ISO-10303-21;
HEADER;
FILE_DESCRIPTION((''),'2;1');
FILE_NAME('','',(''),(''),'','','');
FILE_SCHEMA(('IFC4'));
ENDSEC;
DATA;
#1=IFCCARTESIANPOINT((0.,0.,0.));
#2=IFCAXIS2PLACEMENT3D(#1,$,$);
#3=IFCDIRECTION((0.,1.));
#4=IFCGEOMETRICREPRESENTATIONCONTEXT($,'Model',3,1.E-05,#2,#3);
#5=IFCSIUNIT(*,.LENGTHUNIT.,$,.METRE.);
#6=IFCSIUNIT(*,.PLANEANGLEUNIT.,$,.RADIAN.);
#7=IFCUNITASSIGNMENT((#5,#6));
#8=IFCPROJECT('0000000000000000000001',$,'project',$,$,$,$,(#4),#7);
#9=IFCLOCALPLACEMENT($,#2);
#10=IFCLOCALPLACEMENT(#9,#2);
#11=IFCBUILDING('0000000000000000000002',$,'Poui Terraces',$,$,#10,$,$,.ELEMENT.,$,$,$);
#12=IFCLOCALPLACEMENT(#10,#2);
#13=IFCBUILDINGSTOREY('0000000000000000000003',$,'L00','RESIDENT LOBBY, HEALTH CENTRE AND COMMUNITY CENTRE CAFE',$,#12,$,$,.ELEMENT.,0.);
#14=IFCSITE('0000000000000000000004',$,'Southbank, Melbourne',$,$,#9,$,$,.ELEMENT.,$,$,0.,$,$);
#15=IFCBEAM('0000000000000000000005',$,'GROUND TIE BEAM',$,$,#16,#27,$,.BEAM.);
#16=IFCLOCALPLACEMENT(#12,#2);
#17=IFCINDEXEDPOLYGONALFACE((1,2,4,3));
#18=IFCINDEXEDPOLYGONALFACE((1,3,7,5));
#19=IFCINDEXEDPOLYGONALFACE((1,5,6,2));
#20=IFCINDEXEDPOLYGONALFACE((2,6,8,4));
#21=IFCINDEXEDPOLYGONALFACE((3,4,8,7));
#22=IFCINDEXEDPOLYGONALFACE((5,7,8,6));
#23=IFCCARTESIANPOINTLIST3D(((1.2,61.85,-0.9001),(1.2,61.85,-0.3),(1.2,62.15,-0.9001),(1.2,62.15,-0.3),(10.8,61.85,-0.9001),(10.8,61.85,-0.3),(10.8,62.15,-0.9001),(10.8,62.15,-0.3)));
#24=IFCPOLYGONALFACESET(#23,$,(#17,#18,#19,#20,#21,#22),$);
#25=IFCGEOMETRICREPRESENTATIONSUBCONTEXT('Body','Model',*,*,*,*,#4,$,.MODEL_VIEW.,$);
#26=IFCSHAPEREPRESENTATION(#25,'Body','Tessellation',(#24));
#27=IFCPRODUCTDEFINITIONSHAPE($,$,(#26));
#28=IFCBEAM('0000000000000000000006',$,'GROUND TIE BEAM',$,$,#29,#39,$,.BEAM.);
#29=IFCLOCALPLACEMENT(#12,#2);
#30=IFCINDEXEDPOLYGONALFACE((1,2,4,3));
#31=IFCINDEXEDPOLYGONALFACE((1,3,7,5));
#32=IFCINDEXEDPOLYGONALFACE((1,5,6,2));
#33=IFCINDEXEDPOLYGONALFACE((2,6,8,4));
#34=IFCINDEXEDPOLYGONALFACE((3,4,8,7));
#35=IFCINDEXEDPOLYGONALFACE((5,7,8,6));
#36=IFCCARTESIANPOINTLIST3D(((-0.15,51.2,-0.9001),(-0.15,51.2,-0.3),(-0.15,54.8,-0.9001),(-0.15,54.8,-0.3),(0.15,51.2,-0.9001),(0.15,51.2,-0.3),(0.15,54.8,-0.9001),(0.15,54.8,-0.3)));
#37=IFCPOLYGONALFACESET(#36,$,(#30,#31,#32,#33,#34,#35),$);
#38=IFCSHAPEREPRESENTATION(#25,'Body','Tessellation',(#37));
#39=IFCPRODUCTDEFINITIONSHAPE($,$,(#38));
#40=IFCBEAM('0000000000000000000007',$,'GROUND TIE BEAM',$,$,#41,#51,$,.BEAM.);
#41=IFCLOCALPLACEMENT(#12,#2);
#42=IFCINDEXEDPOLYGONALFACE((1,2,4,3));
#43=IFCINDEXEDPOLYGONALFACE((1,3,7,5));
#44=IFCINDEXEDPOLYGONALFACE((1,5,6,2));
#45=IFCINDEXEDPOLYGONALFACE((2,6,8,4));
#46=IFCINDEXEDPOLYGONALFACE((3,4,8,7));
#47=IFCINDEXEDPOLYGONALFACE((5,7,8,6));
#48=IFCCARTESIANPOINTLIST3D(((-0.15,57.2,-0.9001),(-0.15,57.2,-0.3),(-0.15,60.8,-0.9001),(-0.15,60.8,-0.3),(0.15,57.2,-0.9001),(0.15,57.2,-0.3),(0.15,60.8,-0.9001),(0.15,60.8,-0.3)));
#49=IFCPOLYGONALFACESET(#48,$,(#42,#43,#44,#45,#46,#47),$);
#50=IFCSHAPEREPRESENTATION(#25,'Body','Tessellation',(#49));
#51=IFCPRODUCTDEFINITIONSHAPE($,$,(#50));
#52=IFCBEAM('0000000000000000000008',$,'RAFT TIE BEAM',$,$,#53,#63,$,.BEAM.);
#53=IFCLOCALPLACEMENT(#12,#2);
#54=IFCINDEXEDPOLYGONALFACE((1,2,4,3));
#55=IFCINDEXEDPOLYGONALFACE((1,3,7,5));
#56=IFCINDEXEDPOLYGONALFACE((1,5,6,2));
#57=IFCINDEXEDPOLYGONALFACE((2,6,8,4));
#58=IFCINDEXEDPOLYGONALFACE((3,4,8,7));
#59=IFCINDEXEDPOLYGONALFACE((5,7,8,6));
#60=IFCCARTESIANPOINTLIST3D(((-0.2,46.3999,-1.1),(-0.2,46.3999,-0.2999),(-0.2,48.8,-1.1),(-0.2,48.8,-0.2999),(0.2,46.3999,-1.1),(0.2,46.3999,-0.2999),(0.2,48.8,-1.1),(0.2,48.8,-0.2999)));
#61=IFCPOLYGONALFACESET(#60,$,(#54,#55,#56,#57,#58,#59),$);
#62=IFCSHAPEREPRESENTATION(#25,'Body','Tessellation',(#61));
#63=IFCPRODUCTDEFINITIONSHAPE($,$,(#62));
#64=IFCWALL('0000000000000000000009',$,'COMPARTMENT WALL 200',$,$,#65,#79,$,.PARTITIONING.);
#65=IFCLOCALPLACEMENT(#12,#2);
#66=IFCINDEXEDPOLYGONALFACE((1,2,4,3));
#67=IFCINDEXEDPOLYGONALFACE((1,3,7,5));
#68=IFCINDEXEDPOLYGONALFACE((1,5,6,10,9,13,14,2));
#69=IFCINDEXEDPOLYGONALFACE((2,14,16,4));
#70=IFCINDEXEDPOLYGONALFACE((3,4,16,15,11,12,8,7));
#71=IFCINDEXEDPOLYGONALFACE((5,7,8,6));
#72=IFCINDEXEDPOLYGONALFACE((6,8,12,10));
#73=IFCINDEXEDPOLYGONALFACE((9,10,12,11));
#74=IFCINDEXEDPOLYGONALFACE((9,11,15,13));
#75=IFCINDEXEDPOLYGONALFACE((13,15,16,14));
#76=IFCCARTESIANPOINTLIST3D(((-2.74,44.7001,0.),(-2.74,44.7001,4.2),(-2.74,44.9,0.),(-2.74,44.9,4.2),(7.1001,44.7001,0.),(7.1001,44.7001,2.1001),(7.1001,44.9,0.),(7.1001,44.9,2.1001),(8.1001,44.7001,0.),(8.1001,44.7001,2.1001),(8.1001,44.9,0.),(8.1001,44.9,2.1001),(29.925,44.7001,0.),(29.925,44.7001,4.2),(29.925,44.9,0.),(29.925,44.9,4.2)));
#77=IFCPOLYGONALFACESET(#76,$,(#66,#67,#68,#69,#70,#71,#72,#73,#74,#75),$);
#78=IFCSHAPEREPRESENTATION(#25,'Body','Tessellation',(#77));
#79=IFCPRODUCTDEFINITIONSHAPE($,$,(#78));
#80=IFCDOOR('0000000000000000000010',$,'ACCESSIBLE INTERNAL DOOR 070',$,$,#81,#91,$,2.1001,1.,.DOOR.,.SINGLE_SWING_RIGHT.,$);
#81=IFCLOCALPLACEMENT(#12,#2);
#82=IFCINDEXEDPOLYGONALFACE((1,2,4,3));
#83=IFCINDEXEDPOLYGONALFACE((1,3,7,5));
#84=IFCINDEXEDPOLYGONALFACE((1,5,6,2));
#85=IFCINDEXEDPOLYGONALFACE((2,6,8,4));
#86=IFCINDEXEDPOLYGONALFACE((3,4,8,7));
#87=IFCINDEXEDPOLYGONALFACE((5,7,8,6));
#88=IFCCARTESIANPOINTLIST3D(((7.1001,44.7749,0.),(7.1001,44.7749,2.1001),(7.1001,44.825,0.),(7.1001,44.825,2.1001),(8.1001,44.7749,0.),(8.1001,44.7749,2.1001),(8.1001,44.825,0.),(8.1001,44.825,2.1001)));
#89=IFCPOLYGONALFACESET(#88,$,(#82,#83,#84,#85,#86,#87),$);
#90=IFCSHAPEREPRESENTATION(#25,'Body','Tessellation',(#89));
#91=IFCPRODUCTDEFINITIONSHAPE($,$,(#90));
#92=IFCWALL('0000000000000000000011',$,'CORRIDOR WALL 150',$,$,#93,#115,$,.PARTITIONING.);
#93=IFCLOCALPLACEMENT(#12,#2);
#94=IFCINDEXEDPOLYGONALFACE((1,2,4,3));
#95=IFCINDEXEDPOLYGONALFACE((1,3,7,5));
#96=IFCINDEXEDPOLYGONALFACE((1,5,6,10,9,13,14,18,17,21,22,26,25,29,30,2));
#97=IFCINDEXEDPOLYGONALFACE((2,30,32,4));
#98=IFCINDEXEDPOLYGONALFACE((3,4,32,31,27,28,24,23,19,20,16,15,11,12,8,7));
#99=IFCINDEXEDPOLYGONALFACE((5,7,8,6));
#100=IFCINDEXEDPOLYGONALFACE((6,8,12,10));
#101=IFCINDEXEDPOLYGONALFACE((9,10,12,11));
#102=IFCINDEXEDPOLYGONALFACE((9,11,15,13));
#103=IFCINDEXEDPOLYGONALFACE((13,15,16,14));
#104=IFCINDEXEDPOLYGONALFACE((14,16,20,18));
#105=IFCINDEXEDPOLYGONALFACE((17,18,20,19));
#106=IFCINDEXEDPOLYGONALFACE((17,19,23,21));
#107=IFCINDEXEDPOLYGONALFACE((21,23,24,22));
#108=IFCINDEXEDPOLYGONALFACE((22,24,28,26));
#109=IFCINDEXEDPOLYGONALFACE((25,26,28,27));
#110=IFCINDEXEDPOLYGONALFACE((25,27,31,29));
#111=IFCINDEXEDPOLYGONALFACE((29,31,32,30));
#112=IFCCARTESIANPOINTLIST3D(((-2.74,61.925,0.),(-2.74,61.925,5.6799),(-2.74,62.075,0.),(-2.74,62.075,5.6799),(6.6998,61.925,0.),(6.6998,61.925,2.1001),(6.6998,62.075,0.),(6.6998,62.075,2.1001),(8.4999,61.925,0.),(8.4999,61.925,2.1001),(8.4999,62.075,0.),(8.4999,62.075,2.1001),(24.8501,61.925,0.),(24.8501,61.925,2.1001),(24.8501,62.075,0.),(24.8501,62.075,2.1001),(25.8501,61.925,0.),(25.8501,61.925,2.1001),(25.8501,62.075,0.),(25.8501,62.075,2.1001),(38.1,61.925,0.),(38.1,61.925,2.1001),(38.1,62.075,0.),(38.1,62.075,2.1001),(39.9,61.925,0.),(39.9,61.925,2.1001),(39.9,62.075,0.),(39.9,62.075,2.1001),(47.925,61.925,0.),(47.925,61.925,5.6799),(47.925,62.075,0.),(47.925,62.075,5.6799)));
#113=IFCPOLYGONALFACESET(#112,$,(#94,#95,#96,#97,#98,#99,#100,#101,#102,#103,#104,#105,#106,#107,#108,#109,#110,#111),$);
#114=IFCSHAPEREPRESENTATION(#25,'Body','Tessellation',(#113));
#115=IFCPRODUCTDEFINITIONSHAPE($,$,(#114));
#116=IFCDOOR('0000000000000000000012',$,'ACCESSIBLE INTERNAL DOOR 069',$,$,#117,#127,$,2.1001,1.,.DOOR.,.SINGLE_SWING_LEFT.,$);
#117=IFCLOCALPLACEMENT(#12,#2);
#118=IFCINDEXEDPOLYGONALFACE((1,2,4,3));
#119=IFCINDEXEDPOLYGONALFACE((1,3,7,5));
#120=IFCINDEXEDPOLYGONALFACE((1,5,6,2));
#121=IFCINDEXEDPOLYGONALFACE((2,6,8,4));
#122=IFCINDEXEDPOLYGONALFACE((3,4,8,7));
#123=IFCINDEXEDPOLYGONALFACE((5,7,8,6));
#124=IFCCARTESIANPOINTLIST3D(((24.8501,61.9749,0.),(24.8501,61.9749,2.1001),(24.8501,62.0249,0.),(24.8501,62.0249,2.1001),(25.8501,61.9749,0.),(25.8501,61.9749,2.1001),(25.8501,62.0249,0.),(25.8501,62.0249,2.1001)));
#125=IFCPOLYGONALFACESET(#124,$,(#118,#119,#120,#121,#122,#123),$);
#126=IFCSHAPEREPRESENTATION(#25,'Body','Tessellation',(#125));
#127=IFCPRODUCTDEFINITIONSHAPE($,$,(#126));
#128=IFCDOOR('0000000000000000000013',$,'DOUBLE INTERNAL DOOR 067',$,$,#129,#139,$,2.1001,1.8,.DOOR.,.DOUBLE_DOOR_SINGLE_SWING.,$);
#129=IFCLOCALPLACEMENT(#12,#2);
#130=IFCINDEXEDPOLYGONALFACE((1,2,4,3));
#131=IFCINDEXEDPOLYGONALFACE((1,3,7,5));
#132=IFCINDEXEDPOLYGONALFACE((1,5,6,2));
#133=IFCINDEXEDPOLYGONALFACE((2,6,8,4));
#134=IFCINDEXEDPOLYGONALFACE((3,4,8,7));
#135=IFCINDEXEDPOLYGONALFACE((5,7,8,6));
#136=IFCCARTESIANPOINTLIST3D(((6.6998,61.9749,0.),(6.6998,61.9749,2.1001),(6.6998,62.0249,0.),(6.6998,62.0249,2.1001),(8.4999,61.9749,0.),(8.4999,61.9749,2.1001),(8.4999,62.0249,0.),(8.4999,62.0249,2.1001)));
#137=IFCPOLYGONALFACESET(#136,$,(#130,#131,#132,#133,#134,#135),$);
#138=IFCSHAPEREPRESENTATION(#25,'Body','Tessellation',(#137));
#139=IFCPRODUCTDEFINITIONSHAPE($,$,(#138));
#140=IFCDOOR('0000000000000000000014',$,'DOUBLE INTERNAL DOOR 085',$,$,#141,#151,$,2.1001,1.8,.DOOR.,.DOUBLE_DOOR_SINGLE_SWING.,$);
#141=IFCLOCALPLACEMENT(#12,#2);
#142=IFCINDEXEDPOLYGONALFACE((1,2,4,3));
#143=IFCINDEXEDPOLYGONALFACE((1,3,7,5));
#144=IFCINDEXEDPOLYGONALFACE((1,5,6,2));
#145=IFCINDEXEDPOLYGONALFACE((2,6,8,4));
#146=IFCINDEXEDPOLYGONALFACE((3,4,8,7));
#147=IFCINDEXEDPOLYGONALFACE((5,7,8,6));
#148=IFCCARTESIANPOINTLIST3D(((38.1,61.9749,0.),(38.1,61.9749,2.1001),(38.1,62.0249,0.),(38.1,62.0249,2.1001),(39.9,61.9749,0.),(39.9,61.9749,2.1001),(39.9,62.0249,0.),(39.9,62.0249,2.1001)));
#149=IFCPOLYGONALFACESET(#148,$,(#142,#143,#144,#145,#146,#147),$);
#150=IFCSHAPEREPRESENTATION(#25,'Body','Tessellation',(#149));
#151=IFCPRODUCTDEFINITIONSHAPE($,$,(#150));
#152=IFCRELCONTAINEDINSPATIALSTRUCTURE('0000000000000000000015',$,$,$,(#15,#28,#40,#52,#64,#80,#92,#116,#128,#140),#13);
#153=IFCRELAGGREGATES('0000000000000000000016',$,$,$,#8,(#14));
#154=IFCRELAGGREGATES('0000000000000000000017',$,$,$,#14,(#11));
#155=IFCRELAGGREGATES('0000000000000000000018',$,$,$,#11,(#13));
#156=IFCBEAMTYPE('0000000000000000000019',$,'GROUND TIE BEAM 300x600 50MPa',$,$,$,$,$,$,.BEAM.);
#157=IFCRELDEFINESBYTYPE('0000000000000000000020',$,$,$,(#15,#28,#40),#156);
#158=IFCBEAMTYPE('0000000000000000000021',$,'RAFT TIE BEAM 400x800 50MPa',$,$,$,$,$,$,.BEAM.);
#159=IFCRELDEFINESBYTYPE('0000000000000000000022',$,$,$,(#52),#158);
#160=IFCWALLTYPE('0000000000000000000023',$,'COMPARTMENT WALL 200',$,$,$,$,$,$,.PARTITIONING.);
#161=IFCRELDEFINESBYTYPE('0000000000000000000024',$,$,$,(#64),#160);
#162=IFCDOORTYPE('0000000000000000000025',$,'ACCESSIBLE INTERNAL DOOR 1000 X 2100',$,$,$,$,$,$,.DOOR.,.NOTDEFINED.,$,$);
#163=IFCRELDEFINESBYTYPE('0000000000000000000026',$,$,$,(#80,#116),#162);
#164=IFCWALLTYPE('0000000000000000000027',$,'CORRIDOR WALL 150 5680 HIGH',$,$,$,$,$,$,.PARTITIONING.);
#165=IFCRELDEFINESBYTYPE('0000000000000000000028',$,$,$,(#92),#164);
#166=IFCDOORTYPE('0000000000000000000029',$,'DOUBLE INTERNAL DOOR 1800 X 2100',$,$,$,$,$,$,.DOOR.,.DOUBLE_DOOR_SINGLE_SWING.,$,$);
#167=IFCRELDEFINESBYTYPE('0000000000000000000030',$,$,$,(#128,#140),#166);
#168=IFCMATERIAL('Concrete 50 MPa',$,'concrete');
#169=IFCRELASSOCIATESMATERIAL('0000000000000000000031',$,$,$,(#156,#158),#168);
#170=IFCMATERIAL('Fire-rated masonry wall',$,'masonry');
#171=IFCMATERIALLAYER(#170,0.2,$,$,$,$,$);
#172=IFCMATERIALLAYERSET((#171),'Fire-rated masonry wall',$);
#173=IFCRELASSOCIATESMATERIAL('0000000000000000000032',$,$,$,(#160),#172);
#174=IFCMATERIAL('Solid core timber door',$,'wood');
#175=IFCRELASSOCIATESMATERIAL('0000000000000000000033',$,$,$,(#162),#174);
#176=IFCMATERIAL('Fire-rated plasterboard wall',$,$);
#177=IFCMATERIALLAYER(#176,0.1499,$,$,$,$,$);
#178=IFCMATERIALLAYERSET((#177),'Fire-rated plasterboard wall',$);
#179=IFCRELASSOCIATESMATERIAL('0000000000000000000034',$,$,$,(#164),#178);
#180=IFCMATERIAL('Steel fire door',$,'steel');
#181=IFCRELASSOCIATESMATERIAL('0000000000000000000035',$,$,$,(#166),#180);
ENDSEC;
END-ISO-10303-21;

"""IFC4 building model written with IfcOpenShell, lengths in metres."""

from ifc_helpers import new_model, si_unit, direction, frame, frame_2d, origin, origin_2d, place, context, subcontext, project, spatial, rectangle, extrude, source, transform, mapped, material, layer, layer_set, material_profile, profile_set, type_object, element, fill, save


model = new_model("IFC4")

# Units and contexts
model_context = context("Model", 3, precision=1e-05, world=origin(), true_north=direction((0.0, 1.0)))
body_context = subcontext(model_context, "Body", "Model", "MODEL_VIEW")
ifc_project = project(units=[si_unit("LENGTHUNIT", "METRE"), si_unit("PLANEANGLEUNIT", "RADIAN")], contexts=[model_context])

# Site, building, storey
site_placement = place(None, origin())
site = spatial("IfcSite", under=ifc_project, at=site_placement, Name="Southbank, Melbourne", CompositionType="ELEMENT", RefElevation=0.0)
building_placement = place(site_placement, origin())
building = spatial("IfcBuilding", under=site, at=building_placement, Name="Poui Terraces", CompositionType="ELEMENT")
storey_placement = place(building_placement, origin())
storey = spatial("IfcBuildingStorey", under=building, at=storey_placement, Name="L00", Description="RESIDENT LOBBY, HEALTH CENTRE AND COMMUNITY CENTRE CAFE", CompositionType="ELEMENT", Elevation=0.0)

# Shared definitions
ifc_material_1 = material(Name="Concrete 50 MPa", Category="concrete")

# Beams
ifc_material_profile_1 = material_profile(ifc_material_1, rectangle(XDim=0.3, YDim=0.6001, at=origin_2d()), Name="RC 300x600")
ifc_profile_set_1 = profile_set([ifc_material_profile_1], Name="Concrete 50 MPa")
beam_type_1 = type_object("IfcBeamType", Name="GROUND TIE BEAM 300x600 50MPa", PredefinedType="BEAM", material=ifc_profile_set_1)
shared_shape_1 = source(origin(), body_context, "Body", "SweptSolid", [
    extrude(rectangle(XDim=0.3, YDim=0.6001, at=origin_2d()), origin(), (0.0, 0.0, 1.0), 9.6001),
])
for number, where, z_axis, x_axis, name in (
    (1, (1.2, 62.0, -0.6001), (1.0, 0.0, 0.0), (0.0, 1.0, 0.0), "GROUND TIE BEAM"),
):
    element("IfcBeam", number, at=place(storey_placement, frame(where, z_axis=z_axis, x_axis=x_axis)), inside=storey, type_object=beam_type_1, Name=name, PredefinedType="BEAM", context=body_context, shape_type="MappedRepresentation", body=[
        mapped(shared_shape_1, transform((0.0, 0.0, 0.0))),
    ])
shared_shape_2 = source(origin(), body_context, "Body", "SweptSolid", [
    extrude(rectangle(XDim=0.3, YDim=0.6001, at=origin_2d()), origin(), (0.0, 0.0, 1.0), 3.6001),
])
for number, where, z_axis, x_axis, name in (
    (2, (0.0, 51.2, -0.6001), (0.0, 1.0, 0.0), (-1.0, 0.0, 0.0), "GROUND TIE BEAM"),
    (3, (0.0, 57.2, -0.6001), (0.0, 1.0, 0.0), (-1.0, 0.0, 0.0), "GROUND TIE BEAM"),
):
    element("IfcBeam", number, at=place(storey_placement, frame(where, z_axis=z_axis, x_axis=x_axis)), inside=storey, type_object=beam_type_1, Name=name, PredefinedType="BEAM", context=body_context, shape_type="MappedRepresentation", body=[
        mapped(shared_shape_2, transform((0.0, 0.0, 0.0))),
    ])
ifc_material_profile_2 = material_profile(ifc_material_1, rectangle(XDim=0.3999, YDim=0.8, at=origin_2d()), Name="RC 400x800")
ifc_profile_set_2 = profile_set([ifc_material_profile_2], Name="Concrete 50 MPa")
beam_type_2 = type_object("IfcBeamType", Name="RAFT TIE BEAM 400x800 50MPa", PredefinedType="BEAM", material=ifc_profile_set_2)
shared_shape_3 = source(origin(), body_context, "Body", "SweptSolid", [
    extrude(rectangle(XDim=0.3999, YDim=0.8, at=origin_2d()), origin(), (0.0, 0.0, 1.0), 2.4001),
])
beam_placement = place(storey_placement, frame((0.0, 46.3999, -0.7), z_axis=(0.0, 1.0, 0.0), x_axis=(-1.0, 0.0, 0.0)))
element("IfcBeam", 4, at=beam_placement, inside=storey, type_object=beam_type_2, Name="RAFT TIE BEAM", PredefinedType="BEAM", context=body_context, shape_type="MappedRepresentation", body=[
    mapped(shared_shape_3, transform((0.0, 0.0, 0.0))),
])

# Wall, opening, door
ifc_material_2 = material(Name="Fire-rated masonry wall", Category="masonry")
ifc_layer_1 = layer(ifc_material_2, 0.2)
ifc_layer_set_1 = layer_set([ifc_layer_1], Name="Fire-rated masonry wall")
wall_type_1 = type_object("IfcWallType", Name="COMPARTMENT WALL 200", PredefinedType="PARTITIONING", material=ifc_layer_set_1)
wall_1_placement = place(storey_placement, frame((-2.74, 44.8, 0.0), z_axis=(0.0, 0.0, 1.0), x_axis=(1.0, 0.0, 0.0)))
wall_1 = element("IfcWall", 5, at=wall_1_placement, inside=storey, type_object=wall_type_1, Name="COMPARTMENT WALL 200", PredefinedType="PARTITIONING", context=body_context, shape_type="SweptSolid", body=[
    extrude(rectangle(XDim=32.665, YDim=0.2, at=frame_2d((16.3325, 0.0))), origin(), (0.0, 0.0, 1.0), 4.2),
])
opening_1_placement = place(wall_1_placement, frame((9.8401, 0.0, 0.0)))
opening_1 = element("IfcOpeningElement", 6, at=opening_1_placement, cuts=wall_1, PredefinedType="OPENING", context=body_context, shape_type="SweptSolid", body=[
    extrude(rectangle(XDim=1.0, YDim=2.1001, at=frame_2d((0.5, 1.05))), frame((0.0, 0.1099, 0.0), z_axis=(0.0, -1.0, 0.0), x_axis=(1.0, 0.0, 0.0)), (0.0, 0.0, 1.0), 0.22),
])
ifc_material_3 = material(Name="Solid core timber door", Category="wood")
door_type_1 = type_object("IfcDoorType", Name="ACCESSIBLE INTERNAL DOOR 1000 X 2100", OperationType="NOTDEFINED", PredefinedType="DOOR", material=ifc_material_3)
door_1_placement = place(opening_1_placement, origin())
door_1 = element("IfcDoor", 7, at=door_1_placement, inside=storey, type_object=door_type_1, Name="ACCESSIBLE INTERNAL DOOR 070", OperationType="SINGLE_SWING_RIGHT", OverallHeight=2.1001, OverallWidth=1.0, PredefinedType="DOOR", context=body_context, shape_type="SweptSolid", body=[
    extrude(rectangle(XDim=1.0, YDim=2.1001, at=frame_2d((0.5, 1.05))), frame((0.0, 0.0249, 0.0), z_axis=(0.0, -1.0, 0.0), x_axis=(1.0, 0.0, 0.0)), (0.0, 0.0, 1.0), 0.05),
])
fill(opening_1, door_1)

# Wall, openings, doors
ifc_material_4 = material(Name="Fire-rated plasterboard wall")
ifc_layer_2 = layer(ifc_material_4, 0.1499)
ifc_layer_set_2 = layer_set([ifc_layer_2], Name="Fire-rated plasterboard wall")
wall_type_2 = type_object("IfcWallType", Name="CORRIDOR WALL 150 5680 HIGH", PredefinedType="PARTITIONING", material=ifc_layer_set_2)
wall_2_placement = place(storey_placement, frame((-2.74, 62.0, 0.0), z_axis=(0.0, 0.0, 1.0), x_axis=(1.0, 0.0, 0.0)))
wall_2 = element("IfcWall", 8, at=wall_2_placement, inside=storey, type_object=wall_type_2, Name="CORRIDOR WALL 150", PredefinedType="PARTITIONING", context=body_context, shape_type="SweptSolid", body=[
    extrude(rectangle(XDim=50.665, YDim=0.1499, at=frame_2d((25.3325, 0.0))), origin(), (0.0, 0.0, 1.0), 5.6799),
])
opening_2_placement = place(wall_2_placement, frame((9.4399, 0.0, 0.0)))
opening_2 = element("IfcOpeningElement", 9, at=opening_2_placement, cuts=wall_2, PredefinedType="OPENING", context=body_context, shape_type="SweptSolid", body=[
    extrude(rectangle(XDim=1.8, YDim=2.1001, at=frame_2d((0.8999, 1.05))), frame((0.0, 0.085, 0.0), z_axis=(0.0, -1.0, 0.0), x_axis=(1.0, 0.0, 0.0)), (0.0, 0.0, 1.0), 0.1699),
])
opening_3_placement = place(wall_2_placement, frame((27.5901, 0.0, 0.0)))
opening_3 = element("IfcOpeningElement", 10, at=opening_3_placement, cuts=wall_2, PredefinedType="OPENING", context=body_context, shape_type="SweptSolid", body=[
    extrude(rectangle(XDim=1.0, YDim=2.1001, at=frame_2d((0.5, 1.05))), frame((0.0, 0.085, 0.0), z_axis=(0.0, -1.0, 0.0), x_axis=(1.0, 0.0, 0.0)), (0.0, 0.0, 1.0), 0.1699),
])
opening_4_placement = place(wall_2_placement, frame((40.8401, 0.0, 0.0)))
opening_4 = element("IfcOpeningElement", 11, at=opening_4_placement, cuts=wall_2, PredefinedType="OPENING", context=body_context, shape_type="SweptSolid", body=[
    extrude(rectangle(XDim=1.8, YDim=2.1001, at=frame_2d((0.8999, 1.05))), frame((0.0, 0.085, 0.0), z_axis=(0.0, -1.0, 0.0), x_axis=(1.0, 0.0, 0.0)), (0.0, 0.0, 1.0), 0.1699),
])
door_2_placement = place(opening_3_placement, origin())
door_2 = element("IfcDoor", 12, at=door_2_placement, inside=storey, type_object=door_type_1, Name="ACCESSIBLE INTERNAL DOOR 069", OperationType="SINGLE_SWING_LEFT", OverallHeight=2.1001, OverallWidth=1.0, PredefinedType="DOOR", context=body_context, shape_type="SweptSolid", body=[
    extrude(rectangle(XDim=1.0, YDim=2.1001, at=frame_2d((0.5, 1.05))), frame((0.0, 0.0249, 0.0), z_axis=(0.0, -1.0, 0.0), x_axis=(1.0, 0.0, 0.0)), (0.0, 0.0, 1.0), 0.05),
])
fill(opening_3, door_2)
ifc_material_5 = material(Name="Steel fire door", Category="steel")
door_type_2 = type_object("IfcDoorType", Name="DOUBLE INTERNAL DOOR 1800 X 2100", OperationType="DOUBLE_DOOR_SINGLE_SWING", PredefinedType="DOOR", material=ifc_material_5)
door_3_placement = place(opening_2_placement, origin())
door_3 = element("IfcDoor", 13, at=door_3_placement, inside=storey, type_object=door_type_2, Name="DOUBLE INTERNAL DOOR 067", OperationType="DOUBLE_DOOR_SINGLE_SWING", OverallHeight=2.1001, OverallWidth=1.8, PredefinedType="DOOR", context=body_context, shape_type="SweptSolid", body=[
    extrude(rectangle(XDim=1.8, YDim=2.1001, at=frame_2d((0.8999, 1.05))), frame((0.0, 0.0249, 0.0), z_axis=(0.0, -1.0, 0.0), x_axis=(1.0, 0.0, 0.0)), (0.0, 0.0, 1.0), 0.05),
])
fill(opening_2, door_3)
door_4_placement = place(opening_4_placement, origin())
door_4 = element("IfcDoor", 14, at=door_4_placement, inside=storey, type_object=door_type_2, Name="DOUBLE INTERNAL DOOR 085", OperationType="DOUBLE_DOOR_SINGLE_SWING", OverallHeight=2.1001, OverallWidth=1.8, PredefinedType="DOOR", context=body_context, shape_type="SweptSolid", body=[
    extrude(rectangle(XDim=1.8, YDim=2.1001, at=frame_2d((0.8999, 1.05))), frame((0.0, 0.0249, 0.0), z_axis=(0.0, -1.0, 0.0), x_axis=(1.0, 0.0, 0.0)), (0.0, 0.0, 1.0), 0.05),
])
fill(opening_4, door_4)

save(model, "model.ifc")
